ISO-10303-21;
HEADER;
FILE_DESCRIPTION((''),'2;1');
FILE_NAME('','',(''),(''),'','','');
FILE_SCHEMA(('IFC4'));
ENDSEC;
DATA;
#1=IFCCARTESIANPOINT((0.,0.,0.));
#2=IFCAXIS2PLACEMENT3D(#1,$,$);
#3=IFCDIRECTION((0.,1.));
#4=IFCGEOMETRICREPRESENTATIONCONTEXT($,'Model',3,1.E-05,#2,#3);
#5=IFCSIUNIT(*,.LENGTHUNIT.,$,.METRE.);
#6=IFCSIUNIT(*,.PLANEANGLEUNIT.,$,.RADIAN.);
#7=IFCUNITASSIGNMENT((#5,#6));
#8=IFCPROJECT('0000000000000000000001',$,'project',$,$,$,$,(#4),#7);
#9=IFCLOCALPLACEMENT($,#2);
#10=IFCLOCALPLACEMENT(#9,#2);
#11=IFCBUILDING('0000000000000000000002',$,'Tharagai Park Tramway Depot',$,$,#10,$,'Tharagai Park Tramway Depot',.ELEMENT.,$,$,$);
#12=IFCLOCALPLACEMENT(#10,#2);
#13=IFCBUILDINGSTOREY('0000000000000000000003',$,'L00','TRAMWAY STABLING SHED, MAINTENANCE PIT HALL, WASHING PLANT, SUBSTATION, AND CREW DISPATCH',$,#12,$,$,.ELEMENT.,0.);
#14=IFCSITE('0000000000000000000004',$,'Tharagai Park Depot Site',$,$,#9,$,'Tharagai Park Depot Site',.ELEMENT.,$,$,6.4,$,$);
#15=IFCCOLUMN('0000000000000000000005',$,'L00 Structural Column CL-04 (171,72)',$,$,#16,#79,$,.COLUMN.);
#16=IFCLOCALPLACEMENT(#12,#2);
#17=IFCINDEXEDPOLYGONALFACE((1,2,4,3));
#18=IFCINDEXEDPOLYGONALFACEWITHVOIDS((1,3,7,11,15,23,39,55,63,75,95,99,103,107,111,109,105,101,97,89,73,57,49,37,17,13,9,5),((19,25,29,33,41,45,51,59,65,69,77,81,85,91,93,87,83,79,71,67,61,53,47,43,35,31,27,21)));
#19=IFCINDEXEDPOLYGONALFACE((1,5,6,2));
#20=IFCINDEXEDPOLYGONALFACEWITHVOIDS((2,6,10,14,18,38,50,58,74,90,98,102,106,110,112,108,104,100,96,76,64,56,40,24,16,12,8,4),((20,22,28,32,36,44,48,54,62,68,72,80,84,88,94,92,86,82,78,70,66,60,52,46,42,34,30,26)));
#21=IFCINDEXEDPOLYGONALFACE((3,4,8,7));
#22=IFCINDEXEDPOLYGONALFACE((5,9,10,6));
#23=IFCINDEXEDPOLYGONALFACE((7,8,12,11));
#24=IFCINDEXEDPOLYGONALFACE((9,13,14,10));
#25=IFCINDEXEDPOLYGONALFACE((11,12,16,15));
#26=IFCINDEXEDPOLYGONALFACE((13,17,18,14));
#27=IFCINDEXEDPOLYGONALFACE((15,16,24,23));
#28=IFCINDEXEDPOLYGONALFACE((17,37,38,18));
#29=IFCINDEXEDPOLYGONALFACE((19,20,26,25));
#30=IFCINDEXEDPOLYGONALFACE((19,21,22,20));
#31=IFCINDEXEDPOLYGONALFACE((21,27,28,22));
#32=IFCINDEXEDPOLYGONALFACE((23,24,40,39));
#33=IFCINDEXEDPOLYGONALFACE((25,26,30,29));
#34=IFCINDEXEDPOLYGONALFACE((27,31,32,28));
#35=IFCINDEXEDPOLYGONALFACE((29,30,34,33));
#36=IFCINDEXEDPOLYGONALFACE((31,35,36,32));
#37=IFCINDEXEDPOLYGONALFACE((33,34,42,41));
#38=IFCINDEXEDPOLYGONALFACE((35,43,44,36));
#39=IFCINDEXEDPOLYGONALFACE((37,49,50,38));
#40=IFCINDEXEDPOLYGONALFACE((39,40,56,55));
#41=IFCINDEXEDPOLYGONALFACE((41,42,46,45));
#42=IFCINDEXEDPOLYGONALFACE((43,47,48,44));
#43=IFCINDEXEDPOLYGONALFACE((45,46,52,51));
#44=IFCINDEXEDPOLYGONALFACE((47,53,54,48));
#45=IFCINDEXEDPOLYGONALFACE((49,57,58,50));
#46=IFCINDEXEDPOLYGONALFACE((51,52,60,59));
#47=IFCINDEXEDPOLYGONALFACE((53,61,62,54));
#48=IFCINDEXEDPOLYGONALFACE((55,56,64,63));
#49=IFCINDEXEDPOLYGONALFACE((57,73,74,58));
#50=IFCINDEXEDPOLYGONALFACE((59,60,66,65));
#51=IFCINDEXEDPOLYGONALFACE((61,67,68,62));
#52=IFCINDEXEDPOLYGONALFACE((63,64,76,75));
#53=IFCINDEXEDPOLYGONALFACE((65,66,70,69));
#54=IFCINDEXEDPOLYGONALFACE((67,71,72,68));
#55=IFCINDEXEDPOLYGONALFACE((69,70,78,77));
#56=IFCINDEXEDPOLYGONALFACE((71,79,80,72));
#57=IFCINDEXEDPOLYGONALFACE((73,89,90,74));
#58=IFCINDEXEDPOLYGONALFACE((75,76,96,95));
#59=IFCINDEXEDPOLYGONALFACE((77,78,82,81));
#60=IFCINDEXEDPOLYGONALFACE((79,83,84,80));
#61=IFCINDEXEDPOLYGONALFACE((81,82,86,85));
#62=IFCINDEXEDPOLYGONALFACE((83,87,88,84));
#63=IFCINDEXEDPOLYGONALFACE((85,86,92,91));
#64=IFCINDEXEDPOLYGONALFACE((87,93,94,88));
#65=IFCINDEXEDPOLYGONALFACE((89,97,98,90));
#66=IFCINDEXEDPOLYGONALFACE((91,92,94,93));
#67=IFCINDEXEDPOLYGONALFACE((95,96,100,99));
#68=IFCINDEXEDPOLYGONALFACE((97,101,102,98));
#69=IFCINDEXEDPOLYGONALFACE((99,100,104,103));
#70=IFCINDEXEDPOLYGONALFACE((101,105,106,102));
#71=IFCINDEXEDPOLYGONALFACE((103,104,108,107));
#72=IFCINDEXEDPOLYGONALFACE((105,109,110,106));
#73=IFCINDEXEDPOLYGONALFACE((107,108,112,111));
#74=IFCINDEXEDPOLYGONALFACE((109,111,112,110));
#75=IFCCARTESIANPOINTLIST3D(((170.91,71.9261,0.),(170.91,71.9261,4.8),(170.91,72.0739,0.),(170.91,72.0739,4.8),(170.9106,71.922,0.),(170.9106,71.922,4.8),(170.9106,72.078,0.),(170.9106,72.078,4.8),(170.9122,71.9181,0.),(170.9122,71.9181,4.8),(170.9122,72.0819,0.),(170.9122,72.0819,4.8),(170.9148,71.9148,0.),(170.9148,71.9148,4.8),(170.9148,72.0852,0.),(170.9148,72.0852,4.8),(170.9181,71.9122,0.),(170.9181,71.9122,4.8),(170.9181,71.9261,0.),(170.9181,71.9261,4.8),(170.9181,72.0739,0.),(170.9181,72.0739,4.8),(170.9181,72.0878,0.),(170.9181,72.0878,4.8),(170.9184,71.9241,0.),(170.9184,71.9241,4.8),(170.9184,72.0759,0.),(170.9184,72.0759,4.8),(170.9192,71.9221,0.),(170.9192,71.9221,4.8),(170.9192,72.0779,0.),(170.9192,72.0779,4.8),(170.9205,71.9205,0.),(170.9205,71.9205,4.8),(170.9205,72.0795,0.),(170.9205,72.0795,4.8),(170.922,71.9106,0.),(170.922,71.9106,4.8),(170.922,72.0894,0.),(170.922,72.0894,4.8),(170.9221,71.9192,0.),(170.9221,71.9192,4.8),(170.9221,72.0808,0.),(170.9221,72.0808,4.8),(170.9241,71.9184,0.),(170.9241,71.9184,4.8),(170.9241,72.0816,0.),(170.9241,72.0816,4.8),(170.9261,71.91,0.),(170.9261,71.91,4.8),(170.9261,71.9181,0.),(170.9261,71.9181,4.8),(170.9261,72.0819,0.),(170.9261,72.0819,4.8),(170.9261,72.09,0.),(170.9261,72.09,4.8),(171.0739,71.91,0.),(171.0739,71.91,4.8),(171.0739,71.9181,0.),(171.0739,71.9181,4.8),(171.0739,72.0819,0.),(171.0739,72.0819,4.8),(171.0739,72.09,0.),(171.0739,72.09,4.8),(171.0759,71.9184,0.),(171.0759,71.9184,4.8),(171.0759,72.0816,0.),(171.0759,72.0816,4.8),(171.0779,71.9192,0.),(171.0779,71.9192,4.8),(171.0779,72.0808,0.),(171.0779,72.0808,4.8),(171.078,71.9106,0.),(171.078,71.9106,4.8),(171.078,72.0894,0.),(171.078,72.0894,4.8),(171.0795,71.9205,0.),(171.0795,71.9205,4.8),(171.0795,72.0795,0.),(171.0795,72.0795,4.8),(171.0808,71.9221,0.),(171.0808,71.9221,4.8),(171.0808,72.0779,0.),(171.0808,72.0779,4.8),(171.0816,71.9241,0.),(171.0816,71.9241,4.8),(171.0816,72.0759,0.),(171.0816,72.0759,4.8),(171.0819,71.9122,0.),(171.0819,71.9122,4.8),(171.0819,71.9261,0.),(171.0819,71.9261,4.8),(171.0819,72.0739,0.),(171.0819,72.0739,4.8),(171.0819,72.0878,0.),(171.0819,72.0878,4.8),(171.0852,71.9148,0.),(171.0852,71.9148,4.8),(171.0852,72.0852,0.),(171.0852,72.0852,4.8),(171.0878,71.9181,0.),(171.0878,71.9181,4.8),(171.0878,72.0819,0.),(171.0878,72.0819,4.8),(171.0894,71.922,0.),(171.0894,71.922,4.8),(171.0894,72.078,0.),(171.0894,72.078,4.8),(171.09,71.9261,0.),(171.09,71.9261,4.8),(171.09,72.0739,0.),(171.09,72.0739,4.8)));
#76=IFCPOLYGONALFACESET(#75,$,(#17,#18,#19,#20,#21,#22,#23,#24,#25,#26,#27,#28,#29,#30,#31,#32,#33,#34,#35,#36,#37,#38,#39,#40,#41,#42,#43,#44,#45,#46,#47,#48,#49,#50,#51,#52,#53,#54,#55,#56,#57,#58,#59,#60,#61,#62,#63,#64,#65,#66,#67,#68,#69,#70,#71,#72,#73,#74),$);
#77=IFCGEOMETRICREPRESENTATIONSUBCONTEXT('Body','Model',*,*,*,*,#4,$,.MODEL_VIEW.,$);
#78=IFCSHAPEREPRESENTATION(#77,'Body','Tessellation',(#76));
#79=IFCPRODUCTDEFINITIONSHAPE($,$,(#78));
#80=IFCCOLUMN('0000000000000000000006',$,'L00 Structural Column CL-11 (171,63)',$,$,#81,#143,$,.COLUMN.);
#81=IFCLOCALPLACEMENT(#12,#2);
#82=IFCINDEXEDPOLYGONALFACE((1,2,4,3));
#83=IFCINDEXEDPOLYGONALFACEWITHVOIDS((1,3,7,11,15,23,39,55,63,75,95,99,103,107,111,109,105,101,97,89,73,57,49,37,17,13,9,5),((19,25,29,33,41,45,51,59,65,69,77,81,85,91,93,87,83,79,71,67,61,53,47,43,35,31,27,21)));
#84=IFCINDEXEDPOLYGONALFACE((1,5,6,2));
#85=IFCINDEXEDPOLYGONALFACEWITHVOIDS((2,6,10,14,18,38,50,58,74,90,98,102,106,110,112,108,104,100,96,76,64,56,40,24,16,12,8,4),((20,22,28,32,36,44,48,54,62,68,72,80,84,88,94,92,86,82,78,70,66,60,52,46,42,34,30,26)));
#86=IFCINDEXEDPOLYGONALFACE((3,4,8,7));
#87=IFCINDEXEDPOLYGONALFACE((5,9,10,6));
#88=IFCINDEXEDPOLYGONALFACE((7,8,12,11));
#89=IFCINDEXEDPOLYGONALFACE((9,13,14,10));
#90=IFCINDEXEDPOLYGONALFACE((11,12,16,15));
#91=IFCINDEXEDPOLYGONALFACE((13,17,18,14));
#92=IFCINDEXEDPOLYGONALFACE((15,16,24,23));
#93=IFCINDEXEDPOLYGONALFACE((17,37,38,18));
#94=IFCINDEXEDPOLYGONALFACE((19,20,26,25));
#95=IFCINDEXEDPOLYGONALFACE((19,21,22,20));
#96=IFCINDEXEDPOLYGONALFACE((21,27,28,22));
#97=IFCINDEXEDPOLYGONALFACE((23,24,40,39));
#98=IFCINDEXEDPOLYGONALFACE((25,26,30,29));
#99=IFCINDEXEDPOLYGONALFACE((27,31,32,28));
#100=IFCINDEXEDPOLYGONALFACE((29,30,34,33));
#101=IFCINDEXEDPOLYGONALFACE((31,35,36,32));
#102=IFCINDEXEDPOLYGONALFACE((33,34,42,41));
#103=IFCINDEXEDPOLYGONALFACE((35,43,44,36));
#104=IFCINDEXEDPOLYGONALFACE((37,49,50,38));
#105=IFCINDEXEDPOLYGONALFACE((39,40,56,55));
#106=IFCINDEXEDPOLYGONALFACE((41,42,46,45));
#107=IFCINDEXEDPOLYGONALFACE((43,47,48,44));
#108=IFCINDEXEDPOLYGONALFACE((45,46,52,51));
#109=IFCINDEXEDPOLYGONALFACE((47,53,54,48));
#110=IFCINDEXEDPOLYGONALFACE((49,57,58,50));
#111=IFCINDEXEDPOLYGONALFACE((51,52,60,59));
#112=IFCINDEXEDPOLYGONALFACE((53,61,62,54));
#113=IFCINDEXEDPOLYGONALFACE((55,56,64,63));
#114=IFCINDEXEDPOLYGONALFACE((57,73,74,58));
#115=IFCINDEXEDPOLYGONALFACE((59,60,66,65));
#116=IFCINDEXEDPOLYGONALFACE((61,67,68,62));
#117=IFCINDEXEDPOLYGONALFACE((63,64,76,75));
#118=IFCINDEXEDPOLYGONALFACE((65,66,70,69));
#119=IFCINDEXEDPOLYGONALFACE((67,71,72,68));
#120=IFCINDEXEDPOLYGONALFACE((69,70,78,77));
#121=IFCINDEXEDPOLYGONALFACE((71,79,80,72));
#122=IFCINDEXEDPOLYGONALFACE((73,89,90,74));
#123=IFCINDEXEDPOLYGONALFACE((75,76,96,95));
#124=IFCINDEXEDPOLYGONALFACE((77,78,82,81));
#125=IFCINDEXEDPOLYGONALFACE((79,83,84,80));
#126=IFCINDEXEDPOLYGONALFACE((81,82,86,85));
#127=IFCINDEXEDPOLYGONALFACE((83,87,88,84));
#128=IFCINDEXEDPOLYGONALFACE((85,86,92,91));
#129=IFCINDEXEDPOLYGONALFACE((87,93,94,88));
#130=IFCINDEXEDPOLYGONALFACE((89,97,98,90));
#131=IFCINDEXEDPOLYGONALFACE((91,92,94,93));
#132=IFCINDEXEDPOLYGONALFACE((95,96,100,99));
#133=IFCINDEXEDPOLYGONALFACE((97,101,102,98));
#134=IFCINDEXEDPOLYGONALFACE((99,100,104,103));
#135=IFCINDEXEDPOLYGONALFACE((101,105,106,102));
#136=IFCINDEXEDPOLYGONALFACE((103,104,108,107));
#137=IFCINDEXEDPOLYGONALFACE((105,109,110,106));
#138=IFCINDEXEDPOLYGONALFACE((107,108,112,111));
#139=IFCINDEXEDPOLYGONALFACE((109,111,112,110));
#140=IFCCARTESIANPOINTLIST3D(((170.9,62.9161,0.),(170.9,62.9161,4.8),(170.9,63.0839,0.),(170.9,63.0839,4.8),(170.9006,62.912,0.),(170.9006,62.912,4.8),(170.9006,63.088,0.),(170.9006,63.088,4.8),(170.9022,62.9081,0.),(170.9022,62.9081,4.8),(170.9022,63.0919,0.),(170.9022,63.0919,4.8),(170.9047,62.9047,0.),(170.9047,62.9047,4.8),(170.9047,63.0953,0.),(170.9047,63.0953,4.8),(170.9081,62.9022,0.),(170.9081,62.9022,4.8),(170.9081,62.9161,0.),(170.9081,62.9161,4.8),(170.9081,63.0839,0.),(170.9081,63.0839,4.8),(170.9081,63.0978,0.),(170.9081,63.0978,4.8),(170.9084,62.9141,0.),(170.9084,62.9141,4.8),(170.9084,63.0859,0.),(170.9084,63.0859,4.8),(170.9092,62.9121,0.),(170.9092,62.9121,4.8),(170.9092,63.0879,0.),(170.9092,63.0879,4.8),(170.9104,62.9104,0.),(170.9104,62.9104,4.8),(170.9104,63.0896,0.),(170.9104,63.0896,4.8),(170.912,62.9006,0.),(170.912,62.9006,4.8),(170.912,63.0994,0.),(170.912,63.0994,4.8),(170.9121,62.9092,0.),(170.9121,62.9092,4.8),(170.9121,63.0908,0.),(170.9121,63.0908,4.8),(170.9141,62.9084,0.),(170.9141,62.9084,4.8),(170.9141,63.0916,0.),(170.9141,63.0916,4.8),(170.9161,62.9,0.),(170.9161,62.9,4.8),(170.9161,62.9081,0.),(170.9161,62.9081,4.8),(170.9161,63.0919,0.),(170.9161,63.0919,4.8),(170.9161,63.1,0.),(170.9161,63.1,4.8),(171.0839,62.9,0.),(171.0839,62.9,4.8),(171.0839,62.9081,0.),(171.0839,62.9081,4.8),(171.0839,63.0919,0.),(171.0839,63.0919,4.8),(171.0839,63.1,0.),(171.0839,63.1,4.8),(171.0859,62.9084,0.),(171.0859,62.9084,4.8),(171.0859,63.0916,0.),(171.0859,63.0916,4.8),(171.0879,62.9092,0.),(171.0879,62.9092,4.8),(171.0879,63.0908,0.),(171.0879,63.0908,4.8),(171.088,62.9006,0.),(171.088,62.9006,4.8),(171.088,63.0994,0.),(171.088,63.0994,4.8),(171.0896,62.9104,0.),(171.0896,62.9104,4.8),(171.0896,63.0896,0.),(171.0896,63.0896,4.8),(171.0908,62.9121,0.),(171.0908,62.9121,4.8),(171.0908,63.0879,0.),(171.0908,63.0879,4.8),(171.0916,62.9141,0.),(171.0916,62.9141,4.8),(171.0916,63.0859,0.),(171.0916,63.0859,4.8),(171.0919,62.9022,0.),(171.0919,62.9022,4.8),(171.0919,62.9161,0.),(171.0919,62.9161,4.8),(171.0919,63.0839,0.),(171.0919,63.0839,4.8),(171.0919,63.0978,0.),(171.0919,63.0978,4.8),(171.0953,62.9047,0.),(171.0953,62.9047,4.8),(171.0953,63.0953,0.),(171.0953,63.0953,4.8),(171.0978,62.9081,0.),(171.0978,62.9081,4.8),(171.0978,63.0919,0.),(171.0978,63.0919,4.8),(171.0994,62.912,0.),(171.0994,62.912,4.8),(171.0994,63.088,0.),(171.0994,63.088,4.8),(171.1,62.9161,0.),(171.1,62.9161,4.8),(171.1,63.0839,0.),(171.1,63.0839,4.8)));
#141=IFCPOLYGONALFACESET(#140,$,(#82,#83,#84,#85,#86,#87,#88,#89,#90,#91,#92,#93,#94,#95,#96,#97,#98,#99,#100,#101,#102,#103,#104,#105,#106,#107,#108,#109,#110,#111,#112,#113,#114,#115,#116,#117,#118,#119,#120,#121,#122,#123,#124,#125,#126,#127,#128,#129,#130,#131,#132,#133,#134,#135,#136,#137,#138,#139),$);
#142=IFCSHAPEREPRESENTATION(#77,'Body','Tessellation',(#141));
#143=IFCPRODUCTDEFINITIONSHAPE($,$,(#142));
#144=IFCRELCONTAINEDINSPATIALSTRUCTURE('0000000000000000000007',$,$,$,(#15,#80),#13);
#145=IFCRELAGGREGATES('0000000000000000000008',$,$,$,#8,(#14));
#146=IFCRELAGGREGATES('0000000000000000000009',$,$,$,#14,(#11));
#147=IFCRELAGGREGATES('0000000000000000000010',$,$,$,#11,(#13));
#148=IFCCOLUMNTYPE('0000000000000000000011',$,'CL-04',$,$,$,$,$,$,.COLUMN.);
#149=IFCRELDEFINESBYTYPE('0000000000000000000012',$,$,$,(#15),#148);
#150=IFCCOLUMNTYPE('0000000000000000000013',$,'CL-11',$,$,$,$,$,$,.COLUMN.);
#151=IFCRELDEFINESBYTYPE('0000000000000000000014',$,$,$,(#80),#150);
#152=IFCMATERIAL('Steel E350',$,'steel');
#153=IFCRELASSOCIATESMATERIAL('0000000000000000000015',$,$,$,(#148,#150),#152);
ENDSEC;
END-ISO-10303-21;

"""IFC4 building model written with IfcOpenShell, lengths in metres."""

from ifc_helpers import new_model, si_unit, direction, frame, origin, origin_2d, place, context, subcontext, project, spatial, hollow_rectangle, extrude, material, material_profile, profile_set, type_object, element, save


model = new_model("IFC4")

# Units and contexts
model_context = context("Model", 3, precision=1e-05, world=origin(), true_north=direction((0.0, 1.0)))
body_context = subcontext(model_context, "Body", "Model", "MODEL_VIEW")
ifc_project = project(units=[si_unit("LENGTHUNIT", "METRE"), si_unit("PLANEANGLEUNIT", "RADIAN")], contexts=[model_context])

# Site, building, storey
site_placement = place(None, origin())
site = spatial("IfcSite", under=ifc_project, at=site_placement, Name="Tharagai Park Depot Site", LongName="Tharagai Park Depot Site", CompositionType="ELEMENT", RefElevation=6.4)
building_placement = place(site_placement, origin())
building = spatial("IfcBuilding", under=site, at=building_placement, Name="Tharagai Park Tramway Depot", LongName="Tharagai Park Tramway Depot", CompositionType="ELEMENT")
storey_placement = place(building_placement, origin())
storey = spatial("IfcBuildingStorey", under=building, at=storey_placement, Name="L00", Description="TRAMWAY STABLING SHED, MAINTENANCE PIT HALL, WASHING PLANT, SUBSTATION, AND CREW DISPATCH", CompositionType="ELEMENT", Elevation=0.0)

# Columns
ifc_material_1 = material(Name="Steel E350", Category="steel")
ifc_material_profile_1 = material_profile(ifc_material_1, hollow_rectangle(XDim=0.1799, YDim=0.1799, WallThickness=0.0081, InnerFilletRadius=0.0081, OuterFilletRadius=0.0161, at=origin_2d()), Name="SHS 180x180x8")
ifc_profile_set_1 = profile_set([ifc_material_profile_1], Name="Steel E350")
column_type_1 = type_object("IfcColumnType", Name="CL-04", PredefinedType="COLUMN", material=ifc_profile_set_1)
column_placement = place(storey_placement, frame((171.0, 72.0, 0.0), z_axis=(0.0, 0.0, 1.0), x_axis=(1.0, 0.0, 0.0)))
element("IfcColumn", 1, at=column_placement, inside=storey, type_object=column_type_1, Name="L00 Structural Column CL-04 (171,72)", PredefinedType="COLUMN", context=body_context, shape_type="SweptSolid", body=[
    extrude(hollow_rectangle(XDim=0.1799, YDim=0.1799, WallThickness=0.0081, InnerFilletRadius=0.0081, OuterFilletRadius=0.0161, at=origin_2d()), origin(), (0.0, 0.0, 1.0), 4.8),
])
ifc_material_profile_2 = material_profile(ifc_material_1, hollow_rectangle(XDim=0.2, YDim=0.2, WallThickness=0.0081, InnerFilletRadius=0.0081, OuterFilletRadius=0.0161, at=origin_2d()), Name="SHS 200x200x8")
ifc_profile_set_2 = profile_set([ifc_material_profile_2], Name="Steel E350")
column_type_2 = type_object("IfcColumnType", Name="CL-11", PredefinedType="COLUMN", material=ifc_profile_set_2)
for number, where, z_axis, x_axis, name in (
    (2, (171.0, 63.0, 0.0), (0.0, 0.0, 1.0), (1.0, 0.0, 0.0), "L00 Structural Column CL-11 (171,63)"),
):
    element("IfcColumn", number, at=place(storey_placement, frame(where, z_axis=z_axis, x_axis=x_axis)), inside=storey, type_object=column_type_2, Name=name, PredefinedType="COLUMN", context=body_context, shape_type="SweptSolid", body=[
        extrude(hollow_rectangle(XDim=0.2, YDim=0.2, WallThickness=0.0081, InnerFilletRadius=0.0081, OuterFilletRadius=0.0161, at=origin_2d()), origin(), (0.0, 0.0, 1.0), 4.8),
    ])

save(model, "model.ifc")
